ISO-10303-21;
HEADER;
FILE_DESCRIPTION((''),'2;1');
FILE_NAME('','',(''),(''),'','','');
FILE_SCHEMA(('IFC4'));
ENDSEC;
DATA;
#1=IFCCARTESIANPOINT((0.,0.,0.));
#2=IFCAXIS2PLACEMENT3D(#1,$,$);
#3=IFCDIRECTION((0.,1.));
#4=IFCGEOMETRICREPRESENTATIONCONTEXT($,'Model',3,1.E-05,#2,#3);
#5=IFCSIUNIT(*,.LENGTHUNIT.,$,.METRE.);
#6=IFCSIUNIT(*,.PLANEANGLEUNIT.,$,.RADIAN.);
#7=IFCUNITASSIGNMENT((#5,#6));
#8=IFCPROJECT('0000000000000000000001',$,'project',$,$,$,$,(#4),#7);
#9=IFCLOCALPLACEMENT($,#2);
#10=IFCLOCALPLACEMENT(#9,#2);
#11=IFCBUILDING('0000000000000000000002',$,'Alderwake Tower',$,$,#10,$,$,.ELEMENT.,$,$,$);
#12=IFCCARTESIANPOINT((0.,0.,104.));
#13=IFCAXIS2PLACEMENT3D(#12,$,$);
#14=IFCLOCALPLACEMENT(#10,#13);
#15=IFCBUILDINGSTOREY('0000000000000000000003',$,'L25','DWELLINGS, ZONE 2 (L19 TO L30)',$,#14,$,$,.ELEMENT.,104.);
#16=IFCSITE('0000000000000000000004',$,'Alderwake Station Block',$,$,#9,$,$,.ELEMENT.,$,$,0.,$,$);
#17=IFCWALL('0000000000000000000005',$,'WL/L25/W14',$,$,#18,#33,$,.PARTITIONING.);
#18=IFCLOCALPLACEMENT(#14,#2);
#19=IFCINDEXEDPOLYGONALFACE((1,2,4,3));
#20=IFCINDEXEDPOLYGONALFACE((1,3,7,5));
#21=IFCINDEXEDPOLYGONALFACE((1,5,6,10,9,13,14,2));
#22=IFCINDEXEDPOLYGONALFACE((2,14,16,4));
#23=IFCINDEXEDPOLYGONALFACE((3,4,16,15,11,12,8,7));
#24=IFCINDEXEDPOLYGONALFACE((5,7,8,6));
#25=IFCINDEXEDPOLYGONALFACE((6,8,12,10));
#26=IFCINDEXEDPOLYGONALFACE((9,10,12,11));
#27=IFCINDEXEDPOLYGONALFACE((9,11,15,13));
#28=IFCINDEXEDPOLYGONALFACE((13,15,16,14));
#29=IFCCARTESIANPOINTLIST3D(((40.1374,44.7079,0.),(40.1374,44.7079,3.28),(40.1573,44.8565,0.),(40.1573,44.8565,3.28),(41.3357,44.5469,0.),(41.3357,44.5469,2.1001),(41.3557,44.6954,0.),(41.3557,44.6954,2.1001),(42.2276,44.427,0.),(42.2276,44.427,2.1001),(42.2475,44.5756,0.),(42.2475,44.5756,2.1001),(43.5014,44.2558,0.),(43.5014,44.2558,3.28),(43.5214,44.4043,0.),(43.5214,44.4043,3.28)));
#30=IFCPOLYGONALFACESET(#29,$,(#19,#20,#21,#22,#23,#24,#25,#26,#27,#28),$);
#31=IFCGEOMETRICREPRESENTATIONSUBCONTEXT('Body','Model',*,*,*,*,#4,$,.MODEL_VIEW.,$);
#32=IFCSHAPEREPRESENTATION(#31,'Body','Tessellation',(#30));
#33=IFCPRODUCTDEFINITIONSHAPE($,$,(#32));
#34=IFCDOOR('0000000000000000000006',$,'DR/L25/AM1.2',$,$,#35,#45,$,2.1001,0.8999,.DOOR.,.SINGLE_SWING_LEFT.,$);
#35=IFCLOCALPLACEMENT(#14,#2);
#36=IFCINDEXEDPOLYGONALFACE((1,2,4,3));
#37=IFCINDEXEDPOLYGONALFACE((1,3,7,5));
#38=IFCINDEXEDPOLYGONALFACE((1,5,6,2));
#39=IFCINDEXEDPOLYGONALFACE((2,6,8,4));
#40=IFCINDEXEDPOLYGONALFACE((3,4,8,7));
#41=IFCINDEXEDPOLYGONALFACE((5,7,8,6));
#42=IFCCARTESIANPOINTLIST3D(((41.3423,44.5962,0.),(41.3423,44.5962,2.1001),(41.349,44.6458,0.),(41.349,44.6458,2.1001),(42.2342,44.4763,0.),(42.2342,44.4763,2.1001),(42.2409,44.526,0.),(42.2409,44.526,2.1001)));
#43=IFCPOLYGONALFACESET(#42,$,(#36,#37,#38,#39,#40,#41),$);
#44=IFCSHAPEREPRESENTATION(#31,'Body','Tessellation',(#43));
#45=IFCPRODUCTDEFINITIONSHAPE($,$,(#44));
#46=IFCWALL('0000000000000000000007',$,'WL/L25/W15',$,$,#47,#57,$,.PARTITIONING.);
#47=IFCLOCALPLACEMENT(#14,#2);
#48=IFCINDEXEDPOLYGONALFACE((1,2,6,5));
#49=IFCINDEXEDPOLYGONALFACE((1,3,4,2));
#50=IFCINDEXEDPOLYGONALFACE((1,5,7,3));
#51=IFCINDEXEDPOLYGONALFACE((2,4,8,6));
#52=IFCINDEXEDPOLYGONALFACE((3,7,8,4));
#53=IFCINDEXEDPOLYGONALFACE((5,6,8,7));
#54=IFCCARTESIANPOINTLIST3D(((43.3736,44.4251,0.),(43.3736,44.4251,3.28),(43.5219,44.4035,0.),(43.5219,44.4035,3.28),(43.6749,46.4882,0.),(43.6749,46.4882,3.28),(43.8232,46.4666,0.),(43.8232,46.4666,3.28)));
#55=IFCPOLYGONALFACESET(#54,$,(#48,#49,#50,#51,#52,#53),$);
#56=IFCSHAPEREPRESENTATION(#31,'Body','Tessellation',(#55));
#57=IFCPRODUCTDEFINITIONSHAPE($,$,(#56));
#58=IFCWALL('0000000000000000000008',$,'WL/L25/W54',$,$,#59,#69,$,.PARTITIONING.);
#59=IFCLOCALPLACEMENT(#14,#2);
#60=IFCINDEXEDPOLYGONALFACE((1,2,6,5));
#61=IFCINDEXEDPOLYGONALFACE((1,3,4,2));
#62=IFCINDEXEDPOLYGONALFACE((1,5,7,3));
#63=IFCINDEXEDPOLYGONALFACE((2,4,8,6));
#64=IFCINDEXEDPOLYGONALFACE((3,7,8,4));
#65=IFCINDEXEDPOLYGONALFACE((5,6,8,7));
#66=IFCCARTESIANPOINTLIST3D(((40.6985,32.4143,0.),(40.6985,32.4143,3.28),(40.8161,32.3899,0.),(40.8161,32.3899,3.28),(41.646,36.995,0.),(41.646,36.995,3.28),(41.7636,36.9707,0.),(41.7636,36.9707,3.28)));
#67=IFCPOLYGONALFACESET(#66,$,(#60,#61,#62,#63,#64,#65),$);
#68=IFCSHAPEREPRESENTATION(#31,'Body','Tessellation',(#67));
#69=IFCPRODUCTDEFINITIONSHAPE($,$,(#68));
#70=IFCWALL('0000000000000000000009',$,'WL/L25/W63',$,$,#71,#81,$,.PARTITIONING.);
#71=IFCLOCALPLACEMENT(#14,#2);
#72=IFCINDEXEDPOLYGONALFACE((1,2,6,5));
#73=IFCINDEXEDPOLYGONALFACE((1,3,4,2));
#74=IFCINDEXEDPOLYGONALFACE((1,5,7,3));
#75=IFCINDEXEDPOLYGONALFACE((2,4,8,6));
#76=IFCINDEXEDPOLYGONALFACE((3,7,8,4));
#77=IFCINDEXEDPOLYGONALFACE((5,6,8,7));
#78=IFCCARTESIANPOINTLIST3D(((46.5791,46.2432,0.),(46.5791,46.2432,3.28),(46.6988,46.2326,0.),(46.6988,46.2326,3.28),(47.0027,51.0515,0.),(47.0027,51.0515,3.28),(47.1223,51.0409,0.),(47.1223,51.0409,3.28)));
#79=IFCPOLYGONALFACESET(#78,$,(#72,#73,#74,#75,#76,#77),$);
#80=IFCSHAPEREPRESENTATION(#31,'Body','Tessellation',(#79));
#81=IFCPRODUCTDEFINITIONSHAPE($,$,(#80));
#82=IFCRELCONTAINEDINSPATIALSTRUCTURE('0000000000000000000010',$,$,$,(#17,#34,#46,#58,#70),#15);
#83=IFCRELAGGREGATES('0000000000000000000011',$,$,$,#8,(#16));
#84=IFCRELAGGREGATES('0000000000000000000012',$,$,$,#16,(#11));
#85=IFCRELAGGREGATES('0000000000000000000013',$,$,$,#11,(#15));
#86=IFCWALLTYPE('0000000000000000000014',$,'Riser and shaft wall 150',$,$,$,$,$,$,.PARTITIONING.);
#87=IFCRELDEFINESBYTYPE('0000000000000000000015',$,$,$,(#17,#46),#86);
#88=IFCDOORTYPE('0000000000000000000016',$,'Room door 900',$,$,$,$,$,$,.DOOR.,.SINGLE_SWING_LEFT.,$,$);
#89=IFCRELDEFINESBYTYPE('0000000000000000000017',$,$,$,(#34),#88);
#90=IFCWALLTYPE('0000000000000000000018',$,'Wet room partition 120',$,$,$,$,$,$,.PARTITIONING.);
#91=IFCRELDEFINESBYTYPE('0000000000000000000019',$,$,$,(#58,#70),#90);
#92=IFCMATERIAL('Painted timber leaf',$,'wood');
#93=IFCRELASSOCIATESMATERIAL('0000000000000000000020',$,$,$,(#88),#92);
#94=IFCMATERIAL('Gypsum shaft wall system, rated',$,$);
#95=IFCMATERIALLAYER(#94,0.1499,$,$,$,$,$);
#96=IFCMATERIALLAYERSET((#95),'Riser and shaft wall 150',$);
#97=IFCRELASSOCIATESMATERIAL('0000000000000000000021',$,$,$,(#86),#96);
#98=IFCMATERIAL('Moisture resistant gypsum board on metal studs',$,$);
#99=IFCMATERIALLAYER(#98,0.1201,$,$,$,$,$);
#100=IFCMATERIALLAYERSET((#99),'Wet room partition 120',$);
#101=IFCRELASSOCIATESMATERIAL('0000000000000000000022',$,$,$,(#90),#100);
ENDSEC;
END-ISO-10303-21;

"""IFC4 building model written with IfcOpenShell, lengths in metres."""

from ifc_helpers import new_model, si_unit, direction, frame, frame_2d, origin, place, context, subcontext, project, spatial, rectangle, extrude, material, layer, layer_set, type_object, element, fill, save


model = new_model("IFC4")

# Units and contexts
model_context = context("Model", 3, precision=1e-05, world=origin(), true_north=direction((0.0, 1.0)))
body_context = subcontext(model_context, "Body", "Model", "MODEL_VIEW")
ifc_project = project(units=[si_unit("LENGTHUNIT", "METRE"), si_unit("PLANEANGLEUNIT", "RADIAN")], contexts=[model_context])

# Site, building, storey
site_placement = place(None, origin())
site = spatial("IfcSite", under=ifc_project, at=site_placement, Name="Alderwake Station Block", CompositionType="ELEMENT", RefElevation=0.0)
building_placement = place(site_placement, origin())
building = spatial("IfcBuilding", under=site, at=building_placement, Name="Alderwake Tower", CompositionType="ELEMENT")
storey_placement = place(building_placement, frame((0.0, 0.0, 104.0)))
storey = spatial("IfcBuildingStorey", under=building, at=storey_placement, Name="L25", Description="DWELLINGS, ZONE 2 (L19 TO L30)", CompositionType="ELEMENT", Elevation=104.0)

# Shared definitions
ifc_material_1 = material(Name="Painted timber leaf", Category="wood")
door_type_1 = type_object("IfcDoorType", Name="Room door 900", OperationType="SINGLE_SWING_LEFT", PredefinedType="DOOR", material=ifc_material_1)

# Wall, opening, door
ifc_material_2 = material(Name="Gypsum shaft wall system, rated")
ifc_layer_1 = layer(ifc_material_2, 0.1499)
ifc_layer_set_1 = layer_set([ifc_layer_1], Name="Riser and shaft wall 150")
wall_type_1 = type_object("IfcWallType", Name="Riser and shaft wall 150", PredefinedType="PARTITIONING", material=ifc_layer_set_1)
wall_1_placement = place(storey_placement, frame((40.1472, 44.7822, 0.0), z_axis=(0.0, 0.0, 1.0), x_axis=(0.991088, -0.13321, 0.0)))
wall_1 = element("IfcWall", 1, at=wall_1_placement, inside=storey, type_object=wall_type_1, Name="WL/L25/W14", PredefinedType="PARTITIONING", context=body_context, shape_type="SweptSolid", body=[
    extrude(rectangle(XDim=3.3943, YDim=0.1499, at=frame_2d((1.6973, 0.0))), origin(), (0.0, 0.0, 1.0), 3.28),
])
opening_1_placement = place(wall_1_placement, frame((1.2092, 0.0, 0.0)))
opening_1 = element("IfcOpeningElement", 2, at=opening_1_placement, cuts=wall_1, PredefinedType="OPENING", context=body_context, shape_type="SweptSolid", body=[
    extrude(rectangle(XDim=0.8999, YDim=2.1001, at=frame_2d((0.45, 1.05))), frame((0.0, 0.085, 0.0), z_axis=(0.0, -1.0, 0.0), x_axis=(1.0, 0.0, 0.0)), (0.0, 0.0, 1.0), 0.1699),
])
door_1_placement = place(opening_1_placement, origin())
door_1 = element("IfcDoor", 3, at=door_1_placement, inside=storey, type_object=door_type_1, Name="DR/L25/AM1.2", OperationType="SINGLE_SWING_LEFT", OverallHeight=2.1001, OverallWidth=0.8999, PredefinedType="DOOR", context=body_context, shape_type="SweptSolid", body=[
    extrude(rectangle(XDim=0.8999, YDim=2.1001, at=frame_2d((0.45, 1.05))), frame((0.0, 0.0249, 0.0), z_axis=(0.0, -1.0, 0.0), x_axis=(1.0, 0.0, 0.0)), (0.0, 0.0, 1.0), 0.05),
])
fill(opening_1, door_1)

# Walls
wall_2_placement = place(storey_placement, frame((43.4478, 44.4143, 0.0), z_axis=(0.0, 0.0, 1.0), x_axis=(0.144503, 0.989504, 0.0)))
element("IfcWall", 4, at=wall_2_placement, inside=storey, type_object=wall_type_1, Name="WL/L25/W15", PredefinedType="PARTITIONING", context=body_context, shape_type="SweptSolid", body=[
    extrude(rectangle(XDim=2.085, YDim=0.1499, at=frame_2d((1.0425, 0.0))), origin(), (0.0, 0.0, 1.0), 3.28),
])
ifc_material_3 = material(Name="Moisture resistant gypsum board on metal studs")
ifc_layer_2 = layer(ifc_material_3, 0.1201)
ifc_layer_set_2 = layer_set([ifc_layer_2], Name="Wet room partition 120")
wall_type_2 = type_object("IfcWallType", Name="Wet room partition 120", PredefinedType="PARTITIONING", material=ifc_layer_set_2)
wall_3_placement = place(storey_placement, frame((40.7573, 32.4021, 0.0), z_axis=(0.0, 0.0, 1.0), x_axis=(0.202556, 0.979271, 0.0)))
element("IfcWall", 5, at=wall_3_placement, inside=storey, type_object=wall_type_2, Name="WL/L25/W54", PredefinedType="PARTITIONING", context=body_context, shape_type="SweptSolid", body=[
    extrude(rectangle(XDim=4.6777, YDim=0.1201, at=frame_2d((2.3389, 0.0))), origin(), (0.0, 0.0, 1.0), 3.28),
])
wall_4_placement = place(storey_placement, frame((46.6389, 46.2378, 0.0), z_axis=(0.0, 0.0, 1.0), x_axis=(0.087754, 0.996142, 0.0)))
element("IfcWall", 6, at=wall_4_placement, inside=storey, type_object=wall_type_2, Name="WL/L25/W63", PredefinedType="PARTITIONING", context=body_context, shape_type="SweptSolid", body=[
    extrude(rectangle(XDim=4.8269, YDim=0.1201, at=frame_2d((2.4136, 0.0))), origin(), (0.0, 0.0, 1.0), 3.28),
])

save(model, "model.ifc")
